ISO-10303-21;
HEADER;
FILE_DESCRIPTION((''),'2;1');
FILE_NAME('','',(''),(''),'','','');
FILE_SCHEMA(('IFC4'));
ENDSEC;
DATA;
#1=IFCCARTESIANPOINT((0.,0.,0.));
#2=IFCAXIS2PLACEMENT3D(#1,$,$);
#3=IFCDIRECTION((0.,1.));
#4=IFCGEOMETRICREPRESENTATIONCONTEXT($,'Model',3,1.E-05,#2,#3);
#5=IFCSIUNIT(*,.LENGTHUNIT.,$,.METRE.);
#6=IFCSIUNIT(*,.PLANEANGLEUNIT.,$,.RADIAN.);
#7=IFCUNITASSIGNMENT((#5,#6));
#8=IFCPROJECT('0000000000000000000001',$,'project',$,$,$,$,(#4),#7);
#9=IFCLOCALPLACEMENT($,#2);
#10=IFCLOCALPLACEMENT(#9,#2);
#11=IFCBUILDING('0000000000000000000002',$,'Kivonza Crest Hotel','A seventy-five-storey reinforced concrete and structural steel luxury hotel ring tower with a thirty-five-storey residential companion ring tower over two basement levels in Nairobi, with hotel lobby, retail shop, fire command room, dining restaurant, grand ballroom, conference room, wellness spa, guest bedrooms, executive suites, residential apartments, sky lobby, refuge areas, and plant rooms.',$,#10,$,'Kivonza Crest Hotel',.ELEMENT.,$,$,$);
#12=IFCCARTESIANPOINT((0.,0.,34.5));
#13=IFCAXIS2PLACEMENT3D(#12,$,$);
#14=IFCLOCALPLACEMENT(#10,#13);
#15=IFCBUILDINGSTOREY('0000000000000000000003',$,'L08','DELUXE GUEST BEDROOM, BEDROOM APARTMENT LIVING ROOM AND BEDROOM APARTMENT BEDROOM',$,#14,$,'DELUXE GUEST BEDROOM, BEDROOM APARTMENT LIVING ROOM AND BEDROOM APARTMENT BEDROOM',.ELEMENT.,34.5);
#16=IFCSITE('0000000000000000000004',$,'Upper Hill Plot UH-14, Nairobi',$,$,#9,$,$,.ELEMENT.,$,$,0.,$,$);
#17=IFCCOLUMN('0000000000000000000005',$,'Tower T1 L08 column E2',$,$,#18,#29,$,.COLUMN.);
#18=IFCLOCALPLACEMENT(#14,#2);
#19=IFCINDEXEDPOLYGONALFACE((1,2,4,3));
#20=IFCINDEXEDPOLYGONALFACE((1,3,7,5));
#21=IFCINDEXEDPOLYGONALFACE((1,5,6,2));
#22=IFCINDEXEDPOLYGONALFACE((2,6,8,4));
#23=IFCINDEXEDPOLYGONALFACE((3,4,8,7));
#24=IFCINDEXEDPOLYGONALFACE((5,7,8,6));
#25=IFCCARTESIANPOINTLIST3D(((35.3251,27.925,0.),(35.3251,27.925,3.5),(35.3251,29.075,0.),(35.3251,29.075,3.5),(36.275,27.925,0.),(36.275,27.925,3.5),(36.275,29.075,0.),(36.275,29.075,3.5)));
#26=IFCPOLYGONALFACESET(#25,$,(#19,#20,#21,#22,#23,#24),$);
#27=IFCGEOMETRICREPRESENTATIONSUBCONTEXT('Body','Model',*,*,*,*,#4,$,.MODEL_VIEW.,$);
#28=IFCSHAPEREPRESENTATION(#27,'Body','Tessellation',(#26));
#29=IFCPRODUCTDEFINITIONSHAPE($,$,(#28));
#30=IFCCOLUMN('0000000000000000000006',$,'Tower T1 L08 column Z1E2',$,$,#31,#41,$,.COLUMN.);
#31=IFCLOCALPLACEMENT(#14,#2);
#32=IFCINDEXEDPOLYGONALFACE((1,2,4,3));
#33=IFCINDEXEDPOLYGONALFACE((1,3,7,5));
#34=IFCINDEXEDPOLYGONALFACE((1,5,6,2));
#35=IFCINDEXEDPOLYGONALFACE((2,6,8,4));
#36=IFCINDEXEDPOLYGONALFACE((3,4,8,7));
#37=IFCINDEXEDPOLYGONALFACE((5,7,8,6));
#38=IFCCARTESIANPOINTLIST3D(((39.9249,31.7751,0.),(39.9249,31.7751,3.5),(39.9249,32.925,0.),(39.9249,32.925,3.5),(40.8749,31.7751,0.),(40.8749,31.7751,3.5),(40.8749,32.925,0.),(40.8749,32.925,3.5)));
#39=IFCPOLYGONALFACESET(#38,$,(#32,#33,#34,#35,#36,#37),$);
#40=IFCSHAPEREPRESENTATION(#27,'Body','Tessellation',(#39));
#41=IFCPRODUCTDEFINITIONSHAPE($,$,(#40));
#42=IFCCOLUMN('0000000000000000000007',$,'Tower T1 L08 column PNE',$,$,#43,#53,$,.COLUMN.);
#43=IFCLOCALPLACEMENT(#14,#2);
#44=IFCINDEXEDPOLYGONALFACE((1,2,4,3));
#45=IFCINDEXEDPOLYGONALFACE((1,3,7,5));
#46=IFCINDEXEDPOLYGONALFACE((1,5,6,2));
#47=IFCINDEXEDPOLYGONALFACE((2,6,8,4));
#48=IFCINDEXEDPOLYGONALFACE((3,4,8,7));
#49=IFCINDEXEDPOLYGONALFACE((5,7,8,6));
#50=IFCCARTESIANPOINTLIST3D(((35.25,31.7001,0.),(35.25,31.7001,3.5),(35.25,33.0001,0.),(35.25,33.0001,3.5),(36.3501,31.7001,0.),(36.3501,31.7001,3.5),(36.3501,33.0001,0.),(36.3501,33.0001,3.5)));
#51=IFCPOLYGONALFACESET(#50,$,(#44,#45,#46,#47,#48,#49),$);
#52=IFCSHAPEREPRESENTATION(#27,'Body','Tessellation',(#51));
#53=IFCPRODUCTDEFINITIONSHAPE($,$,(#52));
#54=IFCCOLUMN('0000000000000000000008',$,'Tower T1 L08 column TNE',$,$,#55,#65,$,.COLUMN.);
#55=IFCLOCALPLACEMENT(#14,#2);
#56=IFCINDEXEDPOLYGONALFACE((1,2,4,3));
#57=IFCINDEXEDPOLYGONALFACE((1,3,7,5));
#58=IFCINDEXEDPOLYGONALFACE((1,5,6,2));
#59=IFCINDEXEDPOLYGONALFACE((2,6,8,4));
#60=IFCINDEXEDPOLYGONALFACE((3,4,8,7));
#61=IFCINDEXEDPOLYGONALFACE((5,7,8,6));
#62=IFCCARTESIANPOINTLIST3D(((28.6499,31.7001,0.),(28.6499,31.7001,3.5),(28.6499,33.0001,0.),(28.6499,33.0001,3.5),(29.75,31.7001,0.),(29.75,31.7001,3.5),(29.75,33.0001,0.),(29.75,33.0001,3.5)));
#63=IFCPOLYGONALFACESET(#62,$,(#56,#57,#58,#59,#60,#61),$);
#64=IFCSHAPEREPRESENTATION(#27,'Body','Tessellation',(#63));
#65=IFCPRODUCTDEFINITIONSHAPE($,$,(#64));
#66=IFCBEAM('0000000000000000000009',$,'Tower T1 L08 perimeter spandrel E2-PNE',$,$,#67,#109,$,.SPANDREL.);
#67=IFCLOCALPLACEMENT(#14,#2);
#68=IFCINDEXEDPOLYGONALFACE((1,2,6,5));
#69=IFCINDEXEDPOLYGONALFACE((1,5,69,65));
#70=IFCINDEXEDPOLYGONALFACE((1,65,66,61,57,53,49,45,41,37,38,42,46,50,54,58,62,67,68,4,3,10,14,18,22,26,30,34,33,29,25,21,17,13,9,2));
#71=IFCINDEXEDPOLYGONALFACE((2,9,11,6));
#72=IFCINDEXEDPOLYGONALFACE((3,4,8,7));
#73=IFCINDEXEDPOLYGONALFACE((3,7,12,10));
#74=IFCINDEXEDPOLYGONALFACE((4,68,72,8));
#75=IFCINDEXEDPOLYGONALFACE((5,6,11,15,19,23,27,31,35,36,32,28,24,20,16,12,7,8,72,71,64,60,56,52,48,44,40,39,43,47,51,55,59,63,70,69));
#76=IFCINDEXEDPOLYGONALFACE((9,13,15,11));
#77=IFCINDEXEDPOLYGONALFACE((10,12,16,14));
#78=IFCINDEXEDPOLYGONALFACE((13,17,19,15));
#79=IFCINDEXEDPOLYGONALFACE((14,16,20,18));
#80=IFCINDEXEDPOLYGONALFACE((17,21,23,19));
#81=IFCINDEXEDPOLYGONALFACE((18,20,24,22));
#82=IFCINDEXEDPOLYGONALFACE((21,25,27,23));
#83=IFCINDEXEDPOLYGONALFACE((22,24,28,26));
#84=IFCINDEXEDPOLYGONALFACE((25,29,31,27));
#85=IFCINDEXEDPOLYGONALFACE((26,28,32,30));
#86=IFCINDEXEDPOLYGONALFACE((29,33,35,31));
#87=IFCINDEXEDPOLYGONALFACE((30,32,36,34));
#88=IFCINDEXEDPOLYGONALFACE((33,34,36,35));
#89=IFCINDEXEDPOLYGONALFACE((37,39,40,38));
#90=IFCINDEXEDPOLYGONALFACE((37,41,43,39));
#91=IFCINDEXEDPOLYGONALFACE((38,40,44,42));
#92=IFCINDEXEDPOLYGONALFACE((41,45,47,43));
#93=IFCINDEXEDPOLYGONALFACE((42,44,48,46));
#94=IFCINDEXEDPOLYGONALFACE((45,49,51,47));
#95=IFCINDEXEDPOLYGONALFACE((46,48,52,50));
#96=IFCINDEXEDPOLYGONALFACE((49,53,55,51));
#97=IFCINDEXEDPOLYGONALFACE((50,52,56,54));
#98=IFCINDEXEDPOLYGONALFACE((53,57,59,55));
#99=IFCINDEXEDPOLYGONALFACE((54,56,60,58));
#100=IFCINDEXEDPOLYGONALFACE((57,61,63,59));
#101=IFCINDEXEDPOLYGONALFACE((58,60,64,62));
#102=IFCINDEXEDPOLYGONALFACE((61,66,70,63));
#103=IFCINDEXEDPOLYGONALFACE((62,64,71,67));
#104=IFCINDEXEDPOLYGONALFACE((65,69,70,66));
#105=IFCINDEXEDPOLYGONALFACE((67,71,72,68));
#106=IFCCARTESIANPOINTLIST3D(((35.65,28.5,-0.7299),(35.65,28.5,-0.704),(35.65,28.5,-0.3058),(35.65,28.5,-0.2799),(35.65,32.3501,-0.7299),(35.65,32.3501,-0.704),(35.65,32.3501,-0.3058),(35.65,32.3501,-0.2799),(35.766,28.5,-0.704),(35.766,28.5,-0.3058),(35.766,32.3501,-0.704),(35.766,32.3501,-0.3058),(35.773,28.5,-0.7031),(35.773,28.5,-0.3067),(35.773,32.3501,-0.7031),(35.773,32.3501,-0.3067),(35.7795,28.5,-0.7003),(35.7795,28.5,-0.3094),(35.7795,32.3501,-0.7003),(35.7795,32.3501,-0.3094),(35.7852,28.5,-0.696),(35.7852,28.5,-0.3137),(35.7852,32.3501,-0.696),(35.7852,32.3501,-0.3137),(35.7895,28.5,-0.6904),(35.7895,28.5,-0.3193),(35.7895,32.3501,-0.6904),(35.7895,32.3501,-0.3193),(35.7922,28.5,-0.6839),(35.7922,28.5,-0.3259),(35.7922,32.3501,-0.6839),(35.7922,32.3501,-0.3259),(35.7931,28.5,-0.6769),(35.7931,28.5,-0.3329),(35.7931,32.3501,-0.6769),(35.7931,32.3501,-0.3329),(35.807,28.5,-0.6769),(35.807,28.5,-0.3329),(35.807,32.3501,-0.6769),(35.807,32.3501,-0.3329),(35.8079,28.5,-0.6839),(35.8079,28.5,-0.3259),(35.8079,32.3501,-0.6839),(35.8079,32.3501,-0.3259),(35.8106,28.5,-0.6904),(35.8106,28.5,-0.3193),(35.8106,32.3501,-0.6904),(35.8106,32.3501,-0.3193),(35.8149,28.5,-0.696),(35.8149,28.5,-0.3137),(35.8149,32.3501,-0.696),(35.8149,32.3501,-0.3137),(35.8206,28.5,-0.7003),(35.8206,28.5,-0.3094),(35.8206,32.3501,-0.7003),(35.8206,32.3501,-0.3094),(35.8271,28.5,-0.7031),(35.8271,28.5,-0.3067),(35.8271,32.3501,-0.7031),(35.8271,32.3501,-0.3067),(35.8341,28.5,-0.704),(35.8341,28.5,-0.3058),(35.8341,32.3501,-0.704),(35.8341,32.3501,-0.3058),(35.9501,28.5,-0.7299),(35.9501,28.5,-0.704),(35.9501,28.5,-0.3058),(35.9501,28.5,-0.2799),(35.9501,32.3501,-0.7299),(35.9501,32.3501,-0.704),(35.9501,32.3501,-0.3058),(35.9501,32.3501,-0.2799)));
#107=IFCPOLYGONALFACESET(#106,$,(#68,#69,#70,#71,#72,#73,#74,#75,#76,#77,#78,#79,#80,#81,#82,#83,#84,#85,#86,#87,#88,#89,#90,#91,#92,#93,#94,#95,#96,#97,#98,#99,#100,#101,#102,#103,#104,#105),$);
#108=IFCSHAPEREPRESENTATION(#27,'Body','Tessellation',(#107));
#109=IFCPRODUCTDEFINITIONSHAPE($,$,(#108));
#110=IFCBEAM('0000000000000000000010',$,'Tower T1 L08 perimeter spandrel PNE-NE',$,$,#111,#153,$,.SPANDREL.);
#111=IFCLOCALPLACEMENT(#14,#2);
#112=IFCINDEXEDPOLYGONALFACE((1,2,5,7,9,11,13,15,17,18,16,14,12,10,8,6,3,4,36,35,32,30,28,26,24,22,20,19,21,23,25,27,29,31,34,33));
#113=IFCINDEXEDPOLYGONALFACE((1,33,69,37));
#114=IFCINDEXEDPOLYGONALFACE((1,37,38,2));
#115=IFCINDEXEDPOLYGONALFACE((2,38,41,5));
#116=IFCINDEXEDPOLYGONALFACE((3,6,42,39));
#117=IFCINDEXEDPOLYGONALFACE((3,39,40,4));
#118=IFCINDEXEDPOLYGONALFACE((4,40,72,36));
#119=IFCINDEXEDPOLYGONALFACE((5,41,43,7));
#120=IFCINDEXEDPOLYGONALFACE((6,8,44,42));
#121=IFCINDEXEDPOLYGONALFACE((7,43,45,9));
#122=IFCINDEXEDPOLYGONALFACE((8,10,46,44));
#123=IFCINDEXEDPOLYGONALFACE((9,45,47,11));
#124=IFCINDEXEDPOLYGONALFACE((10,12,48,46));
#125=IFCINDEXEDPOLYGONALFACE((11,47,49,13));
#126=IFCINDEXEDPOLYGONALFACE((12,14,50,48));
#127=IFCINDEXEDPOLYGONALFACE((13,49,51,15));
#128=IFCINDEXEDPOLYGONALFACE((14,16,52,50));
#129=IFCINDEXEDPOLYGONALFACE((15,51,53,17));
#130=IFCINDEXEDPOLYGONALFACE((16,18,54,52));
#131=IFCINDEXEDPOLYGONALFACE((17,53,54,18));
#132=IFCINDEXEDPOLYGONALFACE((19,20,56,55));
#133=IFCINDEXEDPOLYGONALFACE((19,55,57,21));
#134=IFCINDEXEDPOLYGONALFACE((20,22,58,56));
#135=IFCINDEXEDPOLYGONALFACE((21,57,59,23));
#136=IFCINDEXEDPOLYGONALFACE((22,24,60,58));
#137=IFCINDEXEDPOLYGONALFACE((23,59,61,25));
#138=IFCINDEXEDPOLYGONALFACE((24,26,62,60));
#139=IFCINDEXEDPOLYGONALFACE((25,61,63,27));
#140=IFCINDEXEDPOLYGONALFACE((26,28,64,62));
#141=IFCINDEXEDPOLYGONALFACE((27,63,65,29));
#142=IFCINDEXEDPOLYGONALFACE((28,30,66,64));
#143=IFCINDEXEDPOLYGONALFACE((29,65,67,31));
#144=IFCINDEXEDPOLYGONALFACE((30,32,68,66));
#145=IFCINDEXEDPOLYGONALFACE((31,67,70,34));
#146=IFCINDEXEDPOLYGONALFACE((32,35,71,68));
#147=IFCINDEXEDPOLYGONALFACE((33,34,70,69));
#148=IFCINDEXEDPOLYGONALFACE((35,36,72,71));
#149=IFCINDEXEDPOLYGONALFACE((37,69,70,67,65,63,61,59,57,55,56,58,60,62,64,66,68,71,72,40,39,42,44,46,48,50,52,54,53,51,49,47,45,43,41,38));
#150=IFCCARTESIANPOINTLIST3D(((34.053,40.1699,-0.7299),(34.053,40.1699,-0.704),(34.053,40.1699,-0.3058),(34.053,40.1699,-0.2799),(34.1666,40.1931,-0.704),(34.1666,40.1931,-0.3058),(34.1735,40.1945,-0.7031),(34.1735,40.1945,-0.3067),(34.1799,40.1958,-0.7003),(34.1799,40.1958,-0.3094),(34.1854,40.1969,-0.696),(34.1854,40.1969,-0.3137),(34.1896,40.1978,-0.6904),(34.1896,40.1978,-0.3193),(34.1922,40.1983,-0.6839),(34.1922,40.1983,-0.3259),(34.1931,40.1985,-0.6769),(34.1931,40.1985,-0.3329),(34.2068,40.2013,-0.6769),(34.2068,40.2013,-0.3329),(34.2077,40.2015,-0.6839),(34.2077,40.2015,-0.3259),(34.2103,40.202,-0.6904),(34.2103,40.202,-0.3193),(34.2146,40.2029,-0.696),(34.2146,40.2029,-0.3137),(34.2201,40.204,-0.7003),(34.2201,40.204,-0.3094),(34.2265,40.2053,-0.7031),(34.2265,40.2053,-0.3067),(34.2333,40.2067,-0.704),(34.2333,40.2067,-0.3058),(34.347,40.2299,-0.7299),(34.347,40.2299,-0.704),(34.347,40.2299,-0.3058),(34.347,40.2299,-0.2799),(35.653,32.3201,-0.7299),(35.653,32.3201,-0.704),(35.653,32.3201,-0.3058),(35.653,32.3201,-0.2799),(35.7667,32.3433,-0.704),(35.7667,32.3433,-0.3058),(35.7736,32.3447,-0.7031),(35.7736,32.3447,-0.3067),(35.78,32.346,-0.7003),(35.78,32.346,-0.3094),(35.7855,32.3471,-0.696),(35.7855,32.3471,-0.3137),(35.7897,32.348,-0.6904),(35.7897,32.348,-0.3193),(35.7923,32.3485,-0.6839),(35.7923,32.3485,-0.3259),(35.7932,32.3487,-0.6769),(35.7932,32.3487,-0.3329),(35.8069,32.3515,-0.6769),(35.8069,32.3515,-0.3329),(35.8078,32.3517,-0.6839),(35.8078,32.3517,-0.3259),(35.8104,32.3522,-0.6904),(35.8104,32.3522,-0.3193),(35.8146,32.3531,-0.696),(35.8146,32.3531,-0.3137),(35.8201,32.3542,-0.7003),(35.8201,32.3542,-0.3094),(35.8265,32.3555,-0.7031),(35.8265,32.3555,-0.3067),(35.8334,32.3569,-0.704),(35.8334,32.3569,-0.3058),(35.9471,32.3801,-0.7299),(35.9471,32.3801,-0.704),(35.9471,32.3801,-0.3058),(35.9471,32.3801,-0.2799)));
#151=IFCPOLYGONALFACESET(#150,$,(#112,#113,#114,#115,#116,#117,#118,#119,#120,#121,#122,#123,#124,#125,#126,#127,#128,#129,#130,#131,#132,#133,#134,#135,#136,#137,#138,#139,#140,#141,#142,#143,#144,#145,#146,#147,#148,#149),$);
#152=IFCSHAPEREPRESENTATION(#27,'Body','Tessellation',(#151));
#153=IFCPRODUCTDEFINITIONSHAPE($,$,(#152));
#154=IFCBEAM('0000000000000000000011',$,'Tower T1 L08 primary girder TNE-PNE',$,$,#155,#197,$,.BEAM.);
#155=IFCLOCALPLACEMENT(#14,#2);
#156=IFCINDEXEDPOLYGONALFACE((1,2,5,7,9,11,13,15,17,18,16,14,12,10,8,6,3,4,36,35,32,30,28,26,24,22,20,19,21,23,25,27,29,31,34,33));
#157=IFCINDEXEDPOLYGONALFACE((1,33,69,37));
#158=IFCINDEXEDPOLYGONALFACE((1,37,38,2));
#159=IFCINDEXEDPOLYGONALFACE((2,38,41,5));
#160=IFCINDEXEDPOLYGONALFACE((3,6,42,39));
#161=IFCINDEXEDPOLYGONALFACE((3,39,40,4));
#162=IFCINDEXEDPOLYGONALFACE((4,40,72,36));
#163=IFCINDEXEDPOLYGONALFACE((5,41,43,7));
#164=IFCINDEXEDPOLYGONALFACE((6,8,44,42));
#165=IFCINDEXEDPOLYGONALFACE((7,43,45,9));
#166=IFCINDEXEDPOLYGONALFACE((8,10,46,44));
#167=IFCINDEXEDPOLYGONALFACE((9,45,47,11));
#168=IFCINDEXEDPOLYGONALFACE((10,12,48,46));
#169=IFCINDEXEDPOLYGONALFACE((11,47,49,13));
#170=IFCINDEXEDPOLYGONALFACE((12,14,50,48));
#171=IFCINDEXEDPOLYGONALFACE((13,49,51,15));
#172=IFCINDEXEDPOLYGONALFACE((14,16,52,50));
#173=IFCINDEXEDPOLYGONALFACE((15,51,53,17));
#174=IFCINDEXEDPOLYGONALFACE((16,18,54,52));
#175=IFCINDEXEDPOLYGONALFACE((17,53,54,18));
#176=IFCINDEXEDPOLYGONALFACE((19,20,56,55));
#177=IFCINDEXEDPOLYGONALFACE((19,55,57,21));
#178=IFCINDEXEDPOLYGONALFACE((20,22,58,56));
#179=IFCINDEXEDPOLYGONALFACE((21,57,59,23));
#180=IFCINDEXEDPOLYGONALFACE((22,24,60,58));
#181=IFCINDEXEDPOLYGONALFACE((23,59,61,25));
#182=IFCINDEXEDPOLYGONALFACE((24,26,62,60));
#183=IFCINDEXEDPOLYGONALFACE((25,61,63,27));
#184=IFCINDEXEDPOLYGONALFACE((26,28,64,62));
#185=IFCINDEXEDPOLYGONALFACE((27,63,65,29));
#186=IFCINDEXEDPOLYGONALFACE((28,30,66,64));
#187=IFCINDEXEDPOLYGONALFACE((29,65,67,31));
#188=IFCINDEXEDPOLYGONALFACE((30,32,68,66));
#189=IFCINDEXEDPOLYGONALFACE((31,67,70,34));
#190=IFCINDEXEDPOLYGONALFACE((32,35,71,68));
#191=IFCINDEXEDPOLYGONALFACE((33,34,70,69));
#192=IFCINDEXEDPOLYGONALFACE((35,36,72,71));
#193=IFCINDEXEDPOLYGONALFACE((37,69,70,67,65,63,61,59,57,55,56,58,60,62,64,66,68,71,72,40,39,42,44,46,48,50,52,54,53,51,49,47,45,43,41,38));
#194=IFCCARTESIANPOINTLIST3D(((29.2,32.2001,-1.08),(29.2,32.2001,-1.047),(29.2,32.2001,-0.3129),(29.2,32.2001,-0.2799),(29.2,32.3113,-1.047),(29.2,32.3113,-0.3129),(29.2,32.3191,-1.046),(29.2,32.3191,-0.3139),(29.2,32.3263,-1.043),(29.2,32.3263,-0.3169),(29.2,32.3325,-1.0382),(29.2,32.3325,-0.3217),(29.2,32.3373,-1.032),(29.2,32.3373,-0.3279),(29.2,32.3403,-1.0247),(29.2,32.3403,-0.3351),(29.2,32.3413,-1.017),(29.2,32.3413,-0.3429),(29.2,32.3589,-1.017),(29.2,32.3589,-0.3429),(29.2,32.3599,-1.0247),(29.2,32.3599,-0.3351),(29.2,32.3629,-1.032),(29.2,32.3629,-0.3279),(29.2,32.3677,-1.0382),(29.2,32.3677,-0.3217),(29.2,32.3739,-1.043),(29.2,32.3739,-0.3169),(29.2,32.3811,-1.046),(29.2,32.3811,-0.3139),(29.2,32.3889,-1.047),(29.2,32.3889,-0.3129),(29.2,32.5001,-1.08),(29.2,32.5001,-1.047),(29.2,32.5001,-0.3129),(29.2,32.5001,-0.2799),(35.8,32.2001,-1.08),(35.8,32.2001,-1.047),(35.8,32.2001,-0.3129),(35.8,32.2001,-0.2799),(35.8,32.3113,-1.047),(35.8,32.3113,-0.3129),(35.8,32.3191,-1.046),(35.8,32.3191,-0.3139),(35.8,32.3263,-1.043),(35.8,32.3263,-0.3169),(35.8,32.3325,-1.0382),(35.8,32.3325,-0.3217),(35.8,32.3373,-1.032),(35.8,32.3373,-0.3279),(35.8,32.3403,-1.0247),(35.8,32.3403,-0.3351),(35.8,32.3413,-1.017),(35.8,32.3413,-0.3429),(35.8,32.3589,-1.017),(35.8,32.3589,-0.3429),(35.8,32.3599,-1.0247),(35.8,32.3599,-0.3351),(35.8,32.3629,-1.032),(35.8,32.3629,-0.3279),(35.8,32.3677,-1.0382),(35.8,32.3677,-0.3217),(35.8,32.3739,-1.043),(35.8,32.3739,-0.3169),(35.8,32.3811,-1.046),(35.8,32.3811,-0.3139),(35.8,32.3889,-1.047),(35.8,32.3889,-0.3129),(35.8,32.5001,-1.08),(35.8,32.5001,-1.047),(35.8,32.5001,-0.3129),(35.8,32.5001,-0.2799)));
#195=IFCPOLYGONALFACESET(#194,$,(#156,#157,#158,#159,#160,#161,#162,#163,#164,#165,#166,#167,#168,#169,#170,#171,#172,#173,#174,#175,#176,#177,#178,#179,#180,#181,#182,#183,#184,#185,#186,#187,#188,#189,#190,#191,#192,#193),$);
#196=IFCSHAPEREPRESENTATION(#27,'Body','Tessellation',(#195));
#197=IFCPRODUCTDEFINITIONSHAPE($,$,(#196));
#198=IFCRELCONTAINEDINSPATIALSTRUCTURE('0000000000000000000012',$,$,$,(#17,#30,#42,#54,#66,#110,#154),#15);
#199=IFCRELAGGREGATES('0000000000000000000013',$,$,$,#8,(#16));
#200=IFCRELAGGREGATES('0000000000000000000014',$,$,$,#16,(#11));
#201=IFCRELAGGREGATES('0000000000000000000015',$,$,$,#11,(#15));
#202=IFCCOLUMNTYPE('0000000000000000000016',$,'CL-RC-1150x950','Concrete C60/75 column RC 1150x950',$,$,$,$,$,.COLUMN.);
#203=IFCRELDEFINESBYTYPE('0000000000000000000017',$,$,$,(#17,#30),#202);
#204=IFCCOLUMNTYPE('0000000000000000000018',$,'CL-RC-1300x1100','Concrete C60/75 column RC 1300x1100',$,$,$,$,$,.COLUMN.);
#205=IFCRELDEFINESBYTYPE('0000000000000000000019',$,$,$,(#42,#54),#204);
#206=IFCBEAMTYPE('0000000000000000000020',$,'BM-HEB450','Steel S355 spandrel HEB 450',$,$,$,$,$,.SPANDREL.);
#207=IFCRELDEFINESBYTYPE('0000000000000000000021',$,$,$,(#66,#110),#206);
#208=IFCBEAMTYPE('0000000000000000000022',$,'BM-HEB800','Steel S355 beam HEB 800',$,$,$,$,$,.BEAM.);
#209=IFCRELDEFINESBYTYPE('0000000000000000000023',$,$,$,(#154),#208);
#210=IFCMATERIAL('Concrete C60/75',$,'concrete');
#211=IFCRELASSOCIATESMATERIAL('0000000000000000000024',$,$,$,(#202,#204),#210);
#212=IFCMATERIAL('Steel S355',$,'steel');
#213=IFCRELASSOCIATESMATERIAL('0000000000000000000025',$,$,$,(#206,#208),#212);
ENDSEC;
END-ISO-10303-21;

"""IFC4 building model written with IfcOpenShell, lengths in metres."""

from ifc_helpers import new_model, si_unit, direction, frame, origin, origin_2d, place, context, subcontext, project, spatial, rectangle, i_section, extrude, material, material_profile, profile_set, type_object, element, save


model = new_model("IFC4")

# Units and contexts
model_context = context("Model", 3, precision=1e-05, world=origin(), true_north=direction((0.0, 1.0)))
body_context = subcontext(model_context, "Body", "Model", "MODEL_VIEW")
ifc_project = project(units=[si_unit("LENGTHUNIT", "METRE"), si_unit("PLANEANGLEUNIT", "RADIAN")], contexts=[model_context])

# Site, building, storey
site_placement = place(None, origin())
site = spatial("IfcSite", under=ifc_project, at=site_placement, Name="Upper Hill Plot UH-14, Nairobi", CompositionType="ELEMENT", RefElevation=0.0)
building_placement = place(site_placement, origin())
building = spatial("IfcBuilding", under=site, at=building_placement, Name="Kivonza Crest Hotel", Description="A seventy-five-storey reinforced concrete and structural steel luxury hotel ring tower with a thirty-five-storey residential companion ring tower over two basement levels in Nairobi, with hotel lobby, retail shop, fire command room, dining restaurant, grand ballroom, conference room, wellness spa, guest bedrooms, executive suites, residential apartments, sky lobby, refuge areas, and plant rooms.", LongName="Kivonza Crest Hotel", CompositionType="ELEMENT")
storey_placement = place(building_placement, frame((0.0, 0.0, 34.5)))
storey = spatial("IfcBuildingStorey", under=building, at=storey_placement, Name="L08", Description="DELUXE GUEST BEDROOM, BEDROOM APARTMENT LIVING ROOM AND BEDROOM APARTMENT BEDROOM", LongName="DELUXE GUEST BEDROOM, BEDROOM APARTMENT LIVING ROOM AND BEDROOM APARTMENT BEDROOM", CompositionType="ELEMENT", Elevation=34.5)

# Columns
ifc_material_1 = material(Name="Concrete C60/75", Category="concrete")
ifc_material_profile_1 = material_profile(ifc_material_1, rectangle(XDim=0.95, YDim=1.1499, at=origin_2d()), Name="RC 1150x950")
ifc_profile_set_1 = profile_set([ifc_material_profile_1], Name="Concrete C60/75")
column_type_1 = type_object("IfcColumnType", Name="CL-RC-1150x950", Description="Concrete C60/75 column RC 1150x950", PredefinedType="COLUMN", material=ifc_profile_set_1)
for number, where, z_axis, x_axis, name in (
    (1, (35.8, 28.5, 0.0), (0.0, 0.0, 1.0), (1.0, 0.0, 0.0), "Tower T1 L08 column E2"),
    (2, (40.3999, 32.3501, 0.0), (0.0, 0.0, 1.0), (1.0, 0.0, 0.0), "Tower T1 L08 column Z1E2"),
):
    element("IfcColumn", number, at=place(storey_placement, frame(where, z_axis=z_axis, x_axis=x_axis)), inside=storey, type_object=column_type_1, Name=name, PredefinedType="COLUMN", context=body_context, shape_type="SweptSolid", body=[
        extrude(rectangle(XDim=0.95, YDim=1.1499, at=origin_2d()), origin(), (0.0, 0.0, 1.0), 3.5),
    ])
ifc_material_profile_2 = material_profile(ifc_material_1, rectangle(XDim=1.1001, YDim=1.3, at=origin_2d()), Name="RC 1300x1100")
ifc_profile_set_2 = profile_set([ifc_material_profile_2], Name="Concrete C60/75")
column_type_2 = type_object("IfcColumnType", Name="CL-RC-1300x1100", Description="Concrete C60/75 column RC 1300x1100", PredefinedType="COLUMN", material=ifc_profile_set_2)
for number, where, z_axis, x_axis, name in (
    (3, (35.8, 32.3501, 0.0), (0.0, 0.0, 1.0), (1.0, 0.0, 0.0), "Tower T1 L08 column PNE"),
    (4, (29.2, 32.3501, 0.0), (0.0, 0.0, 1.0), (1.0, 0.0, 0.0), "Tower T1 L08 column TNE"),
):
    element("IfcColumn", number, at=place(storey_placement, frame(where, z_axis=z_axis, x_axis=x_axis)), inside=storey, type_object=column_type_2, Name=name, PredefinedType="COLUMN", context=body_context, shape_type="SweptSolid", body=[
        extrude(rectangle(XDim=1.1001, YDim=1.3, at=origin_2d()), origin(), (0.0, 0.0, 1.0), 3.5),
    ])

# Beams
ifc_material_2 = material(Name="Steel S355", Category="steel")
ifc_material_profile_3 = material_profile(ifc_material_2, i_section(OverallWidth=0.3, OverallDepth=0.45, WebThickness=0.0139, FlangeThickness=0.0259, FilletRadius=0.0271, at=origin_2d()), Name="HEB 450")
ifc_profile_set_3 = profile_set([ifc_material_profile_3], Name="Steel S355")
beam_type_1 = type_object("IfcBeamType", Name="BM-HEB450", Description="Steel S355 spandrel HEB 450", PredefinedType="SPANDREL", material=ifc_profile_set_3)
beam_1_placement = place(storey_placement, frame((35.8, 28.5, -0.5049), z_axis=(0.0, 1.0, 0.0), x_axis=(-1.0, 0.0, 0.0)))
element("IfcBeam", 5, at=beam_1_placement, inside=storey, type_object=beam_type_1, Name="Tower T1 L08 perimeter spandrel E2-PNE", PredefinedType="SPANDREL", context=body_context, shape_type="SweptSolid", body=[
    extrude(i_section(OverallWidth=0.3, OverallDepth=0.45, WebThickness=0.0139, FlangeThickness=0.0259, FilletRadius=0.0271, at=origin_2d()), origin(), (0.0, 0.0, 1.0), 3.8501),
])
beam_2_placement = place(storey_placement, frame((35.8, 32.3501, -0.5049), z_axis=(-0.199731, 0.979851, 0.0), x_axis=(-0.979851, -0.199731, 0.0)))
element("IfcBeam", 6, at=beam_2_placement, inside=storey, type_object=beam_type_1, Name="Tower T1 L08 perimeter spandrel PNE-NE", PredefinedType="SPANDREL", context=body_context, shape_type="SweptSolid", body=[
    extrude(i_section(OverallWidth=0.3, OverallDepth=0.45, WebThickness=0.0139, FlangeThickness=0.0259, FilletRadius=0.0271, at=origin_2d()), origin(), (0.0, 0.0, 1.0), 8.0112),
])
ifc_material_profile_4 = material_profile(ifc_material_2, i_section(OverallWidth=0.3, OverallDepth=0.8, WebThickness=0.0176, FlangeThickness=0.033, FilletRadius=0.03, at=origin_2d()), Name="HEB 800")
ifc_profile_set_4 = profile_set([ifc_material_profile_4], Name="Steel S355")
beam_type_2 = type_object("IfcBeamType", Name="BM-HEB800", Description="Steel S355 beam HEB 800", PredefinedType="BEAM", material=ifc_profile_set_4)
beam_3_placement = place(storey_placement, frame((29.2, 32.3501, -0.6799), z_axis=(1.0, 0.0, 0.0), x_axis=(0.0, 1.0, 0.0)))
element("IfcBeam", 7, at=beam_3_placement, inside=storey, type_object=beam_type_2, Name="Tower T1 L08 primary girder TNE-PNE", PredefinedType="BEAM", context=body_context, shape_type="SweptSolid", body=[
    extrude(i_section(OverallWidth=0.3, OverallDepth=0.8, WebThickness=0.0176, FlangeThickness=0.033, FilletRadius=0.03, at=origin_2d()), origin(), (0.0, 0.0, 1.0), 6.6001),
])

save(model, "model.ifc")
